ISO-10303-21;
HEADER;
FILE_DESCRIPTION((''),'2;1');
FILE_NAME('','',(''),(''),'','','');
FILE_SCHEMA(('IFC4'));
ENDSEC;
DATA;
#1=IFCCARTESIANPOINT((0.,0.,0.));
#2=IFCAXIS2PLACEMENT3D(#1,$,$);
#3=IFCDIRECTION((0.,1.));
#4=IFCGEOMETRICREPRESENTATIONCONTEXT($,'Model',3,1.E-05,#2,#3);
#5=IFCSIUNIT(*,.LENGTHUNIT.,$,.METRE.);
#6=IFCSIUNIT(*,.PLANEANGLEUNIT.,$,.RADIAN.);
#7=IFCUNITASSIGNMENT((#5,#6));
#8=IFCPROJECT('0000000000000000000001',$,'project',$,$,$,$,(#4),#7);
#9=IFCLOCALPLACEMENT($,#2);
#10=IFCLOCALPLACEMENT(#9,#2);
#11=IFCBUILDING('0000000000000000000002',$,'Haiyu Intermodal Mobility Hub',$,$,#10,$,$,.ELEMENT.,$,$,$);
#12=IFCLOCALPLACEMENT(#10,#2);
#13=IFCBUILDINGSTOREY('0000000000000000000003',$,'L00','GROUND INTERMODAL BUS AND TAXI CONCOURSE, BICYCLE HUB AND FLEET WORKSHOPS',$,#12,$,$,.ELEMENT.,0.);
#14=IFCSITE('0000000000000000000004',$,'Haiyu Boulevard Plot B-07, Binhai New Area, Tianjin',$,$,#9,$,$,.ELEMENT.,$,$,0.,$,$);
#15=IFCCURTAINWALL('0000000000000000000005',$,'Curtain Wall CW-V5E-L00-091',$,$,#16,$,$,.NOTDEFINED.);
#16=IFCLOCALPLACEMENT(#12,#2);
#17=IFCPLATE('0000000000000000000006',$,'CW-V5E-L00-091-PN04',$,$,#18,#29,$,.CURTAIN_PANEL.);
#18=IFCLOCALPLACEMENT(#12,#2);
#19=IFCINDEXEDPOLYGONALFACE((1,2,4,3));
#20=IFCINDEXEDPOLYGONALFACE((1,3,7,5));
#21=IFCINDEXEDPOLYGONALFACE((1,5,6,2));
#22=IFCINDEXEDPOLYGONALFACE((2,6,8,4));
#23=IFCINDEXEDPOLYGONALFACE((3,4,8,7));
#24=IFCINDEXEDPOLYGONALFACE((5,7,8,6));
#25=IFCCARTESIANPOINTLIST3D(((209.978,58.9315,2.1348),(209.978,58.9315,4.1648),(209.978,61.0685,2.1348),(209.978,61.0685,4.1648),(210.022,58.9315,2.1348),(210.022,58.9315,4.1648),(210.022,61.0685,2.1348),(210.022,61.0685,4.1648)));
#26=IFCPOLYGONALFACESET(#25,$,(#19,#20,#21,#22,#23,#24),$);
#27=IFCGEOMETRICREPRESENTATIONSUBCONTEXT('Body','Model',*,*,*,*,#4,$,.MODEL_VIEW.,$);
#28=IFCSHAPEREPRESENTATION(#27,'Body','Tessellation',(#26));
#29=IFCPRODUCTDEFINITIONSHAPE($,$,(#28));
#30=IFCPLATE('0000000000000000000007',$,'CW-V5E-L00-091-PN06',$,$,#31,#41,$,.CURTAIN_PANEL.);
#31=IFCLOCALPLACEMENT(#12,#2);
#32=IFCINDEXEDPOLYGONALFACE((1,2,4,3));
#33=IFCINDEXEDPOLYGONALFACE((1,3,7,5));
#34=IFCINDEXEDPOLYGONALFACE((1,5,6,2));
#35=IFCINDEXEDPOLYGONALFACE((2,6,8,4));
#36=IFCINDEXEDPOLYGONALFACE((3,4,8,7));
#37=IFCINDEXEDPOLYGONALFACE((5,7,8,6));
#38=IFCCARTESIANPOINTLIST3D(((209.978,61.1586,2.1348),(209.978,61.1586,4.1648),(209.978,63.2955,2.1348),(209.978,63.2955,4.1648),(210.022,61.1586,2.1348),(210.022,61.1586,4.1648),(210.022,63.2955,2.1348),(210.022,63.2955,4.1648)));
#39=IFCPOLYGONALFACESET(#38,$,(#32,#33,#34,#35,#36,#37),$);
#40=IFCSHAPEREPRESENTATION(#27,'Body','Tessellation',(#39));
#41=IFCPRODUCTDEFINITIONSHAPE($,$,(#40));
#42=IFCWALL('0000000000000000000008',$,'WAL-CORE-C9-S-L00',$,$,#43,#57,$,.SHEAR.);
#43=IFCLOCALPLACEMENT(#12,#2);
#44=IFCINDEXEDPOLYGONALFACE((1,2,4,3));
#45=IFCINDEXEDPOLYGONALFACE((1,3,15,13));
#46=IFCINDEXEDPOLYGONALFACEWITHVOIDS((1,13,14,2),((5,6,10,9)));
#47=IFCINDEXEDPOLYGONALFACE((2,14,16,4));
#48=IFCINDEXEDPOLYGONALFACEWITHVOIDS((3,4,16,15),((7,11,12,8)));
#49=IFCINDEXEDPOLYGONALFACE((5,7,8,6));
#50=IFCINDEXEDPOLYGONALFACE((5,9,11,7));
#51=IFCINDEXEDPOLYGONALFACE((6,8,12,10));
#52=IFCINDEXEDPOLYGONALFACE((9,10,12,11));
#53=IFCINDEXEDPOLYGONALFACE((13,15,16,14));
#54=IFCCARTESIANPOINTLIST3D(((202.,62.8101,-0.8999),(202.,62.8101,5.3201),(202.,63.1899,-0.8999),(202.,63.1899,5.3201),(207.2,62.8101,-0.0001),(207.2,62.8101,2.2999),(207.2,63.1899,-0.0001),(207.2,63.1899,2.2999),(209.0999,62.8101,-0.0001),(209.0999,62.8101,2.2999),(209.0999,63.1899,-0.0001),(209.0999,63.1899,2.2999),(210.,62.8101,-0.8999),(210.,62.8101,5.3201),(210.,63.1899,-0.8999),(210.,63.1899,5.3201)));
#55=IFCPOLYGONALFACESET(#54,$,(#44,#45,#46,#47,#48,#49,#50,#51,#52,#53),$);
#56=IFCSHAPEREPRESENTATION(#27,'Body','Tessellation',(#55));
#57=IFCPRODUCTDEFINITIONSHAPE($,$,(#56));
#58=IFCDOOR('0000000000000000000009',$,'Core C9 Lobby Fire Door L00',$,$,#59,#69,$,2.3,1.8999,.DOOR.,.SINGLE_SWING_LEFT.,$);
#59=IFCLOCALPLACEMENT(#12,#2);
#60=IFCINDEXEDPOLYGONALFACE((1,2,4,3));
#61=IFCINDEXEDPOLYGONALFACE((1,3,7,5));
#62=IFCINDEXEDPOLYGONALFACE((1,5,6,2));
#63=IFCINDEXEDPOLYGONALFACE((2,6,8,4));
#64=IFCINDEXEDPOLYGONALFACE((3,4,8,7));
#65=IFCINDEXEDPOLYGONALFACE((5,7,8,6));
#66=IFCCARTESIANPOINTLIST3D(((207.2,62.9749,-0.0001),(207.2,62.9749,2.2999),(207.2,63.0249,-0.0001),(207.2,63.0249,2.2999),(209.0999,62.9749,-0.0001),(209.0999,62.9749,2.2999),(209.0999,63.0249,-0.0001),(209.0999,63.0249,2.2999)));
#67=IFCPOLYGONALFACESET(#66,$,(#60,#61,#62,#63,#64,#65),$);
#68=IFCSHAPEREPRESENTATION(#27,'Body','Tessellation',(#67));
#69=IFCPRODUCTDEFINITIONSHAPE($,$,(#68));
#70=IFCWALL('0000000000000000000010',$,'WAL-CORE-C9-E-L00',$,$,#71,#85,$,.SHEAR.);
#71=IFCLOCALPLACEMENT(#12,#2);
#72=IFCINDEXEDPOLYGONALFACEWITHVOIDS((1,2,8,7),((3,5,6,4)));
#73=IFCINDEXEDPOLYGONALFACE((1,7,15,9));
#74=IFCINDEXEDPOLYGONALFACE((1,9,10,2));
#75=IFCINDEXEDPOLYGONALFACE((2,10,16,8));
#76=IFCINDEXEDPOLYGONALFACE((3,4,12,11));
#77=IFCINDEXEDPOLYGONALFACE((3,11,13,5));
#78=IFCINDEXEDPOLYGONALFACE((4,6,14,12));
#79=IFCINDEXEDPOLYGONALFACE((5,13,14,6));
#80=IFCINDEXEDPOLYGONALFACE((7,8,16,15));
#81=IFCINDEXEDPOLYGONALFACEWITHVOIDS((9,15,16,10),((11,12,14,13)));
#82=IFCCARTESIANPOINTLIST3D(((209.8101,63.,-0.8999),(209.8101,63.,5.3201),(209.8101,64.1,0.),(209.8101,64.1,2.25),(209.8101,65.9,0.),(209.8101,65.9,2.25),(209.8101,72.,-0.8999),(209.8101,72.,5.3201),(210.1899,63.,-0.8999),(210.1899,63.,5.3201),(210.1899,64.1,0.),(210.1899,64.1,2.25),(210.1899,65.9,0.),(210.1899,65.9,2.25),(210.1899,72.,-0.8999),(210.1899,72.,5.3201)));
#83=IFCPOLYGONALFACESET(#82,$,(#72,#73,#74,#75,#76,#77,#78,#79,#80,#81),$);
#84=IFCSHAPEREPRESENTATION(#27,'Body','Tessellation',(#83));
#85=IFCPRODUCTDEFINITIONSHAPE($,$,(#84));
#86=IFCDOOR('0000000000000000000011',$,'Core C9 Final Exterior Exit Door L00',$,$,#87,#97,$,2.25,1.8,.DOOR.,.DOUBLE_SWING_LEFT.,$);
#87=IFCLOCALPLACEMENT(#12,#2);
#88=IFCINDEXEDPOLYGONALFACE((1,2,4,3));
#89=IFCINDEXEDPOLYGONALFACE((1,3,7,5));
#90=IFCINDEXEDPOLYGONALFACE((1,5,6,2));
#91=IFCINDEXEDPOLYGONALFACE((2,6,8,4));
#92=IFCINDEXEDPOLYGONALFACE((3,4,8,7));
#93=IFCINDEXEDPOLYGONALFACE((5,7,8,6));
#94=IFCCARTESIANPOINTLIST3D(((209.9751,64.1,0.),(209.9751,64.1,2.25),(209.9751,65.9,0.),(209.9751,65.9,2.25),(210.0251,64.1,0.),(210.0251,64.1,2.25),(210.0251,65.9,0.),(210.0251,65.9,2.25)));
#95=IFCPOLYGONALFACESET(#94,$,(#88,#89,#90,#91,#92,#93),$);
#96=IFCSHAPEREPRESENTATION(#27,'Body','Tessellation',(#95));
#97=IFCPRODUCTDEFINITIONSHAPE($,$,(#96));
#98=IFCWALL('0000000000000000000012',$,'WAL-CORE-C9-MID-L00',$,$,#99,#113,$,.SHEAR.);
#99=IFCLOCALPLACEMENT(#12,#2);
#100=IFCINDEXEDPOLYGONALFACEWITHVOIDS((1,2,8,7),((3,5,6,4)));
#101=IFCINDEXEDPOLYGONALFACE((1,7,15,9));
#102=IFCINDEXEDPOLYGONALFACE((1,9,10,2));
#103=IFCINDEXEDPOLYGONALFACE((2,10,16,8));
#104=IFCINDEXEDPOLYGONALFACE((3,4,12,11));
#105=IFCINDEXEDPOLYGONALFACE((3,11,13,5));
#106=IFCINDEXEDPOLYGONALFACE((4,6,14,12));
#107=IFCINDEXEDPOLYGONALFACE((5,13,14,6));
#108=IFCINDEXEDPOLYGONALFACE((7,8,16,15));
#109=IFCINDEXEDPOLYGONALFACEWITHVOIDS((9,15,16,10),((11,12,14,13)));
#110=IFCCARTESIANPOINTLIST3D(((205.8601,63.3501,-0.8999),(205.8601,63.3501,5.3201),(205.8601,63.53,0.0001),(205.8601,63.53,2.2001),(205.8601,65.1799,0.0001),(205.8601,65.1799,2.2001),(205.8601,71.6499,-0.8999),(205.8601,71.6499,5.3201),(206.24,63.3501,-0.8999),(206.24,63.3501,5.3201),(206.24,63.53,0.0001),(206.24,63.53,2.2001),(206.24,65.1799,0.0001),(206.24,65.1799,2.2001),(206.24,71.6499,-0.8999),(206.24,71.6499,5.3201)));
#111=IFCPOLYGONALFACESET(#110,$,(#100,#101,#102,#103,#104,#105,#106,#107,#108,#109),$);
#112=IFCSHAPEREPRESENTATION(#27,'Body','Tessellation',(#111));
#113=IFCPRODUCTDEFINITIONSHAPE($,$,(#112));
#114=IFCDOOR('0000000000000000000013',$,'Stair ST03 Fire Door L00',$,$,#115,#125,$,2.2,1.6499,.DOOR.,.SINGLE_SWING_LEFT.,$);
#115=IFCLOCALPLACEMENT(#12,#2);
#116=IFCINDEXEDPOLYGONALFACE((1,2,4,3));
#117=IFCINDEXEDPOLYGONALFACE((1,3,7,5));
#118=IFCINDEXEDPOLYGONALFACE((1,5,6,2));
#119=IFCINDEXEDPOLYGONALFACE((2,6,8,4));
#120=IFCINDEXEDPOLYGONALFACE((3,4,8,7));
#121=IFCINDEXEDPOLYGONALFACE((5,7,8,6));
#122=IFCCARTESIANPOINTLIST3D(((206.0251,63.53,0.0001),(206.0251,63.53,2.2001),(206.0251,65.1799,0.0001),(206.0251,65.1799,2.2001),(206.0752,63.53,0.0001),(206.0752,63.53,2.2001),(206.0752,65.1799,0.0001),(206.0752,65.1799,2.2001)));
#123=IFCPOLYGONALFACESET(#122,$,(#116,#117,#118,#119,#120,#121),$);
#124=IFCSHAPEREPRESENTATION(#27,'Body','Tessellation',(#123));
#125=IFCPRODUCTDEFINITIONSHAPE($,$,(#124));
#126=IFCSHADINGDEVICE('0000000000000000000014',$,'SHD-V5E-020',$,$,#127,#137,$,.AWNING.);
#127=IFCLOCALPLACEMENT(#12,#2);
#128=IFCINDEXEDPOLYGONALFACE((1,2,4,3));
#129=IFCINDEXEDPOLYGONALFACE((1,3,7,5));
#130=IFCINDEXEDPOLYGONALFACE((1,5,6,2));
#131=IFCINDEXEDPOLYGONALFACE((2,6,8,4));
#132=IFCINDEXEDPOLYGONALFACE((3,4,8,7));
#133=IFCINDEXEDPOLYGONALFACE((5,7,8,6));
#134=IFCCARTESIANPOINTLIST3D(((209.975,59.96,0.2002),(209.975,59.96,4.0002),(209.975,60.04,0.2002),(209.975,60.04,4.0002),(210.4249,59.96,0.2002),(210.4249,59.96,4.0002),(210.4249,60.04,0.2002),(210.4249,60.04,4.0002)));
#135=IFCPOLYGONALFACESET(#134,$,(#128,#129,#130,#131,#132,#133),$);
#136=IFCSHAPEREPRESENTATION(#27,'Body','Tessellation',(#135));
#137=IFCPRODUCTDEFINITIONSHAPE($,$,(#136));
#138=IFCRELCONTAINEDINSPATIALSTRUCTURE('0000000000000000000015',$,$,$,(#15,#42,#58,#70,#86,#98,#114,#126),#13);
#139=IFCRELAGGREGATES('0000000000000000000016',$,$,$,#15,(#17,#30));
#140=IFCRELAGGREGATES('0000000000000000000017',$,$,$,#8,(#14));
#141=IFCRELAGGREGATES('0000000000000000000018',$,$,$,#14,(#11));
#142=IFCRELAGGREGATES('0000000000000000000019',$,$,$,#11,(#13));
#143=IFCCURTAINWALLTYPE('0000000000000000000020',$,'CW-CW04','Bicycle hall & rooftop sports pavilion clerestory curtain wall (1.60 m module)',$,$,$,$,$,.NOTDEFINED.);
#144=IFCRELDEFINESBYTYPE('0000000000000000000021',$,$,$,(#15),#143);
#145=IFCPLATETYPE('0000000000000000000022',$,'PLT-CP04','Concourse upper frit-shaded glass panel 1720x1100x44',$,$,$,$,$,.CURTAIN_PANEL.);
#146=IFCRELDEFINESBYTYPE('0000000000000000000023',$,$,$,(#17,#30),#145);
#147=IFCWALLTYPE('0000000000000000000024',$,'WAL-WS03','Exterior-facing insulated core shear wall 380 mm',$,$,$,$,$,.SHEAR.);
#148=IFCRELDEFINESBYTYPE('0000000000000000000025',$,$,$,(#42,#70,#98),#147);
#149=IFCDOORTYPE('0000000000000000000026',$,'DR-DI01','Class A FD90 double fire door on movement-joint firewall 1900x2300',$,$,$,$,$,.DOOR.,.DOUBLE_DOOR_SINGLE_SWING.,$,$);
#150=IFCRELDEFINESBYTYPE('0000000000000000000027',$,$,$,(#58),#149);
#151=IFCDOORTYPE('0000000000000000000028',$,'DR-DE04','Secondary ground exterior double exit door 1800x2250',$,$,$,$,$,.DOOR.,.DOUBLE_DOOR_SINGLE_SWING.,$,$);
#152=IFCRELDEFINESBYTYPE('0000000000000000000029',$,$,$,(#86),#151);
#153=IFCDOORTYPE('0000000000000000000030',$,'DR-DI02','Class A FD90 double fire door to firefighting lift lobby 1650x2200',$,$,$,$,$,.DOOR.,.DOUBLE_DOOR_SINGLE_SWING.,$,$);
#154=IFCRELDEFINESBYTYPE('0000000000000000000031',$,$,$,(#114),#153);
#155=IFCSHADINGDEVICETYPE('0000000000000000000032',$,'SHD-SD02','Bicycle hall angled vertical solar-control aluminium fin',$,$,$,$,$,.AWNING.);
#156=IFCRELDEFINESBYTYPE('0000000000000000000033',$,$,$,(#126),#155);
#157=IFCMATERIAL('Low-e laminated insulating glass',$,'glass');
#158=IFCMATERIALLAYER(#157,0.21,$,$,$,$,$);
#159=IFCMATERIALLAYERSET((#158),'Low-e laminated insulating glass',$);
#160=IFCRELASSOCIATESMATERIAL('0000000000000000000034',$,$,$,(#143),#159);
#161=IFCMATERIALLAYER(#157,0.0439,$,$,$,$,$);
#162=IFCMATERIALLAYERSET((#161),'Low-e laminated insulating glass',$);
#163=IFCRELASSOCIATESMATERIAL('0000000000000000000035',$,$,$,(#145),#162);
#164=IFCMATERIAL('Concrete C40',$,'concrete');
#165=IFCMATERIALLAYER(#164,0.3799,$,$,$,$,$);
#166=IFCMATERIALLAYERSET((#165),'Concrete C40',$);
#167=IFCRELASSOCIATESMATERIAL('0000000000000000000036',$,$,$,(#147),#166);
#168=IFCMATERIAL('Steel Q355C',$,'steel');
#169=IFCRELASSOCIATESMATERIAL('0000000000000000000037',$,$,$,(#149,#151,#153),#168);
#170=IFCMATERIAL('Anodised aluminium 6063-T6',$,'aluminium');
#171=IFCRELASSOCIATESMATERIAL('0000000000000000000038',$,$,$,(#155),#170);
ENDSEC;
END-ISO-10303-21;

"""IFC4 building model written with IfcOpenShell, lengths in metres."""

from ifc_helpers import new_model, si_unit, direction, frame, frame_2d, origin, origin_2d, place, context, subcontext, project, spatial, rectangle, extrude, material, layer, layer_set, material_profile, profile_set, type_object, element, fill, aggregate, save


model = new_model("IFC4")

# Units and contexts
model_context = context("Model", 3, precision=1e-05, world=origin(), true_north=direction((0.0, 1.0)))
body_context = subcontext(model_context, "Body", "Model", "MODEL_VIEW")
ifc_project = project(units=[si_unit("LENGTHUNIT", "METRE"), si_unit("PLANEANGLEUNIT", "RADIAN")], contexts=[model_context])

# Site, building, storey
site_placement = place(None, origin())
site = spatial("IfcSite", under=ifc_project, at=site_placement, Name="Haiyu Boulevard Plot B-07, Binhai New Area, Tianjin", CompositionType="ELEMENT", RefElevation=0.0)
building_placement = place(site_placement, origin())
building = spatial("IfcBuilding", under=site, at=building_placement, Name="Haiyu Intermodal Mobility Hub", CompositionType="ELEMENT")
storey_placement = place(building_placement, origin())
storey = spatial("IfcBuildingStorey", under=building, at=storey_placement, Name="L00", Description="GROUND INTERMODAL BUS AND TAXI CONCOURSE, BICYCLE HUB AND FLEET WORKSHOPS", CompositionType="ELEMENT", Elevation=0.0)

# Shared definitions
ifc_material_1 = material(Name="Concrete C40", Category="concrete")

# Curtain wall
ifc_material_2 = material(Name="Low-e laminated insulating glass", Category="glass")
ifc_layer_1 = layer(ifc_material_2, 0.21)
ifc_layer_set_1 = layer_set([ifc_layer_1], Name="Low-e laminated insulating glass")
curtain_wall_type = type_object("IfcCurtainWallType", Name="CW-CW04", Description="Bicycle hall & rooftop sports pavilion clerestory curtain wall (1.60 m module)", PredefinedType="NOTDEFINED", material=ifc_layer_set_1)
curtain_wall_1_placement = place(storey_placement, origin())
curtain_wall_1 = element("IfcCurtainWall", 1, at=curtain_wall_1_placement, inside=storey, type_object=curtain_wall_type, Name="Curtain Wall CW-V5E-L00-091", PredefinedType="NOTDEFINED")
ifc_material_3 = material(Name="Anodised aluminium 6063-T6", Category="aluminium")

# Plates
ifc_layer_2 = layer(ifc_material_2, 0.0439)
ifc_layer_set_2 = layer_set([ifc_layer_2], Name="Low-e laminated insulating glass")
plate_type_1 = type_object("IfcPlateType", Name="PLT-CP04", Description="Concourse upper frit-shaded glass panel 1720x1100x44", PredefinedType="CURTAIN_PANEL", material=ifc_layer_set_2)
plate_1_placement = place(storey_placement, frame((210.0, 60.0, 2.1348), z_axis=(0.0, 0.0, 1.0), x_axis=(0.0, 1.0, 0.0)))
plate_1 = element("IfcPlate", 2, at=plate_1_placement, type_object=plate_type_1, Name="CW-V5E-L00-091-PN04", PredefinedType="CURTAIN_PANEL", context=body_context, shape_type="SweptSolid", body=[
    extrude(rectangle(XDim=2.137, YDim=0.0439, at=origin_2d()), origin(), (0.0, 0.0, 1.0), 2.03),
])
plate_2_placement = place(storey_placement, frame((210.0, 62.2271, 2.1348), z_axis=(0.0, 0.0, 1.0), x_axis=(0.0, 1.0, 0.0)))
plate_2 = element("IfcPlate", 3, at=plate_2_placement, type_object=plate_type_1, Name="CW-V5E-L00-091-PN06", PredefinedType="CURTAIN_PANEL", context=body_context, shape_type="SweptSolid", body=[
    extrude(rectangle(XDim=2.137, YDim=0.0439, at=origin_2d()), origin(), (0.0, 0.0, 1.0), 2.03),
])
aggregate(curtain_wall_1, [plate_1, plate_2])

# Walls, openings, doors
ifc_layer_3 = layer(ifc_material_1, 0.3799)
ifc_layer_set_3 = layer_set([ifc_layer_3], Name="Concrete C40")
wall_type = type_object("IfcWallType", Name="WAL-WS03", Description="Exterior-facing insulated core shear wall 380 mm", PredefinedType="SHEAR", material=ifc_layer_set_3)
wall_1_placement = place(storey_placement, frame((202.0, 63.0, -0.8999), z_axis=(0.0, 0.0, 1.0), x_axis=(1.0, 0.0, 0.0)))
wall_1 = element("IfcWall", 4, at=wall_1_placement, inside=storey, type_object=wall_type, Name="WAL-CORE-C9-S-L00", PredefinedType="SHEAR", context=body_context, shape_type="SweptSolid", body=[
    extrude(rectangle(XDim=8.0, YDim=0.3799, at=frame_2d((4.0, 0.0))), origin(), (0.0, 0.0, 1.0), 6.22),
])
opening_1_placement = place(wall_1_placement, frame((5.2, 0.0, 0.8999)))
opening_1 = element("IfcOpeningElement", 5, at=opening_1_placement, cuts=wall_1, PredefinedType="OPENING", context=body_context, shape_type="SweptSolid", body=[
    extrude(rectangle(XDim=1.8999, YDim=2.3, at=frame_2d((0.95, 1.1499))), frame((0.0, 0.2, 0.0), z_axis=(0.0, -1.0, 0.0), x_axis=(1.0, 0.0, 0.0)), (0.0, 0.0, 1.0), 0.3999),
])
ifc_material_4 = material(Name="Steel Q355C", Category="steel")
door_type_1 = type_object("IfcDoorType", Name="DR-DI01", Description="Class A FD90 double fire door on movement-joint firewall 1900x2300", OperationType="DOUBLE_DOOR_SINGLE_SWING", PredefinedType="DOOR", material=ifc_material_4)
door_1_placement = place(opening_1_placement, origin())
door_1 = element("IfcDoor", 6, at=door_1_placement, inside=storey, type_object=door_type_1, Name="Core C9 Lobby Fire Door L00", OperationType="SINGLE_SWING_LEFT", OverallHeight=2.3, OverallWidth=1.8999, PredefinedType="DOOR", context=body_context, shape_type="SweptSolid", body=[
    extrude(rectangle(XDim=1.8999, YDim=2.3, at=frame_2d((0.95, 1.1499))), frame((0.0, 0.0249, 0.0), z_axis=(0.0, -1.0, 0.0), x_axis=(1.0, 0.0, 0.0)), (0.0, 0.0, 1.0), 0.05),
])
fill(opening_1, door_1)
wall_2_placement = place(storey_placement, frame((210.0, 63.0, -0.8999), z_axis=(0.0, 0.0, 1.0), x_axis=(0.0, 1.0, 0.0)))
wall_2 = element("IfcWall", 7, at=wall_2_placement, inside=storey, type_object=wall_type, Name="WAL-CORE-C9-E-L00", PredefinedType="SHEAR", context=body_context, shape_type="SweptSolid", body=[
    extrude(rectangle(XDim=9.0, YDim=0.3799, at=frame_2d((4.5, 0.0))), origin(), (0.0, 0.0, 1.0), 6.22),
])
opening_2_placement = place(wall_2_placement, frame((1.1001, 0.0, 0.8999)))
opening_2 = element("IfcOpeningElement", 8, at=opening_2_placement, cuts=wall_2, PredefinedType="OPENING", context=body_context, shape_type="SweptSolid", body=[
    extrude(rectangle(XDim=1.8, YDim=2.25, at=frame_2d((0.8999, 1.125))), frame((0.0, 0.2, 0.0), z_axis=(0.0, -1.0, 0.0), x_axis=(1.0, 0.0, 0.0)), (0.0, 0.0, 1.0), 0.3999),
])
door_type_2 = type_object("IfcDoorType", Name="DR-DE04", Description="Secondary ground exterior double exit door 1800x2250", OperationType="DOUBLE_DOOR_SINGLE_SWING", PredefinedType="DOOR", material=ifc_material_4)
door_2_placement = place(opening_2_placement, origin())
door_2 = element("IfcDoor", 9, at=door_2_placement, inside=storey, type_object=door_type_2, Name="Core C9 Final Exterior Exit Door L00", OperationType="DOUBLE_SWING_LEFT", OverallHeight=2.25, OverallWidth=1.8, PredefinedType="DOOR", context=body_context, shape_type="SweptSolid", body=[
    extrude(rectangle(XDim=1.8, YDim=2.25, at=frame_2d((0.8999, 1.125))), frame((0.0, 0.0249, 0.0), z_axis=(0.0, -1.0, 0.0), x_axis=(1.0, 0.0, 0.0)), (0.0, 0.0, 1.0), 0.05),
])
fill(opening_2, door_2)
wall_3_placement = place(storey_placement, frame((206.05, 63.3501, -0.8999), z_axis=(0.0, 0.0, 1.0), x_axis=(0.0, 1.0, 0.0)))
wall_3 = element("IfcWall", 10, at=wall_3_placement, inside=storey, type_object=wall_type, Name="WAL-CORE-C9-MID-L00", PredefinedType="SHEAR", context=body_context, shape_type="SweptSolid", body=[
    extrude(rectangle(XDim=8.2998, YDim=0.3799, at=frame_2d((4.1499, 0.0))), origin(), (0.0, 0.0, 1.0), 6.22),
])
opening_3_placement = place(wall_3_placement, frame((0.1799, 0.0, 0.8999)))
opening_3 = element("IfcOpeningElement", 11, at=opening_3_placement, cuts=wall_3, PredefinedType="OPENING", context=body_context, shape_type="SweptSolid", body=[
    extrude(rectangle(XDim=1.6499, YDim=2.2, at=frame_2d((0.825, 1.1001))), frame((0.0, 0.2, 0.0), z_axis=(0.0, -1.0, 0.0), x_axis=(1.0, 0.0, 0.0)), (0.0, 0.0, 1.0), 0.3999),
])
door_type_3 = type_object("IfcDoorType", Name="DR-DI02", Description="Class A FD90 double fire door to firefighting lift lobby 1650x2200", OperationType="DOUBLE_DOOR_SINGLE_SWING", PredefinedType="DOOR", material=ifc_material_4)
door_3_placement = place(opening_3_placement, origin())
door_3 = element("IfcDoor", 12, at=door_3_placement, inside=storey, type_object=door_type_3, Name="Stair ST03 Fire Door L00", OperationType="SINGLE_SWING_LEFT", OverallHeight=2.2, OverallWidth=1.6499, PredefinedType="DOOR", context=body_context, shape_type="SweptSolid", body=[
    extrude(rectangle(XDim=1.6499, YDim=2.2, at=frame_2d((0.825, 1.1001))), frame((0.0, 0.0249, 0.0), z_axis=(0.0, -1.0, 0.0), x_axis=(1.0, 0.0, 0.0)), (0.0, 0.0, 1.0), 0.05),
])
fill(opening_3, door_3)

# Shading device
ifc_material_profile_1 = material_profile(ifc_material_3, rectangle(XDim=0.0701, YDim=0.55, at=origin_2d()), Name="FIN70x550")
ifc_profile_set_1 = profile_set([ifc_material_profile_1], Name="Anodised aluminium 6063-T6")
shading_device_type = type_object("IfcShadingDeviceType", Name="SHD-SD02", Description="Bicycle hall angled vertical solar-control aluminium fin", PredefinedType="AWNING", material=ifc_profile_set_1)
shading_device_placement = place(storey_placement, frame((210.2, 60.0, 0.2002), z_axis=(0.0, 0.0, 1.0), x_axis=(1.0, 0.0, 0.0)))
element("IfcShadingDevice", 13, at=shading_device_placement, inside=storey, type_object=shading_device_type, Name="SHD-V5E-020", PredefinedType="AWNING", context=body_context, shape_type="SweptSolid", body=[
    extrude(rectangle(XDim=0.45, YDim=0.0801, at=origin_2d()), origin(), (0.0, 0.0, 1.0), 3.8),
])

save(model, "model.ifc")
